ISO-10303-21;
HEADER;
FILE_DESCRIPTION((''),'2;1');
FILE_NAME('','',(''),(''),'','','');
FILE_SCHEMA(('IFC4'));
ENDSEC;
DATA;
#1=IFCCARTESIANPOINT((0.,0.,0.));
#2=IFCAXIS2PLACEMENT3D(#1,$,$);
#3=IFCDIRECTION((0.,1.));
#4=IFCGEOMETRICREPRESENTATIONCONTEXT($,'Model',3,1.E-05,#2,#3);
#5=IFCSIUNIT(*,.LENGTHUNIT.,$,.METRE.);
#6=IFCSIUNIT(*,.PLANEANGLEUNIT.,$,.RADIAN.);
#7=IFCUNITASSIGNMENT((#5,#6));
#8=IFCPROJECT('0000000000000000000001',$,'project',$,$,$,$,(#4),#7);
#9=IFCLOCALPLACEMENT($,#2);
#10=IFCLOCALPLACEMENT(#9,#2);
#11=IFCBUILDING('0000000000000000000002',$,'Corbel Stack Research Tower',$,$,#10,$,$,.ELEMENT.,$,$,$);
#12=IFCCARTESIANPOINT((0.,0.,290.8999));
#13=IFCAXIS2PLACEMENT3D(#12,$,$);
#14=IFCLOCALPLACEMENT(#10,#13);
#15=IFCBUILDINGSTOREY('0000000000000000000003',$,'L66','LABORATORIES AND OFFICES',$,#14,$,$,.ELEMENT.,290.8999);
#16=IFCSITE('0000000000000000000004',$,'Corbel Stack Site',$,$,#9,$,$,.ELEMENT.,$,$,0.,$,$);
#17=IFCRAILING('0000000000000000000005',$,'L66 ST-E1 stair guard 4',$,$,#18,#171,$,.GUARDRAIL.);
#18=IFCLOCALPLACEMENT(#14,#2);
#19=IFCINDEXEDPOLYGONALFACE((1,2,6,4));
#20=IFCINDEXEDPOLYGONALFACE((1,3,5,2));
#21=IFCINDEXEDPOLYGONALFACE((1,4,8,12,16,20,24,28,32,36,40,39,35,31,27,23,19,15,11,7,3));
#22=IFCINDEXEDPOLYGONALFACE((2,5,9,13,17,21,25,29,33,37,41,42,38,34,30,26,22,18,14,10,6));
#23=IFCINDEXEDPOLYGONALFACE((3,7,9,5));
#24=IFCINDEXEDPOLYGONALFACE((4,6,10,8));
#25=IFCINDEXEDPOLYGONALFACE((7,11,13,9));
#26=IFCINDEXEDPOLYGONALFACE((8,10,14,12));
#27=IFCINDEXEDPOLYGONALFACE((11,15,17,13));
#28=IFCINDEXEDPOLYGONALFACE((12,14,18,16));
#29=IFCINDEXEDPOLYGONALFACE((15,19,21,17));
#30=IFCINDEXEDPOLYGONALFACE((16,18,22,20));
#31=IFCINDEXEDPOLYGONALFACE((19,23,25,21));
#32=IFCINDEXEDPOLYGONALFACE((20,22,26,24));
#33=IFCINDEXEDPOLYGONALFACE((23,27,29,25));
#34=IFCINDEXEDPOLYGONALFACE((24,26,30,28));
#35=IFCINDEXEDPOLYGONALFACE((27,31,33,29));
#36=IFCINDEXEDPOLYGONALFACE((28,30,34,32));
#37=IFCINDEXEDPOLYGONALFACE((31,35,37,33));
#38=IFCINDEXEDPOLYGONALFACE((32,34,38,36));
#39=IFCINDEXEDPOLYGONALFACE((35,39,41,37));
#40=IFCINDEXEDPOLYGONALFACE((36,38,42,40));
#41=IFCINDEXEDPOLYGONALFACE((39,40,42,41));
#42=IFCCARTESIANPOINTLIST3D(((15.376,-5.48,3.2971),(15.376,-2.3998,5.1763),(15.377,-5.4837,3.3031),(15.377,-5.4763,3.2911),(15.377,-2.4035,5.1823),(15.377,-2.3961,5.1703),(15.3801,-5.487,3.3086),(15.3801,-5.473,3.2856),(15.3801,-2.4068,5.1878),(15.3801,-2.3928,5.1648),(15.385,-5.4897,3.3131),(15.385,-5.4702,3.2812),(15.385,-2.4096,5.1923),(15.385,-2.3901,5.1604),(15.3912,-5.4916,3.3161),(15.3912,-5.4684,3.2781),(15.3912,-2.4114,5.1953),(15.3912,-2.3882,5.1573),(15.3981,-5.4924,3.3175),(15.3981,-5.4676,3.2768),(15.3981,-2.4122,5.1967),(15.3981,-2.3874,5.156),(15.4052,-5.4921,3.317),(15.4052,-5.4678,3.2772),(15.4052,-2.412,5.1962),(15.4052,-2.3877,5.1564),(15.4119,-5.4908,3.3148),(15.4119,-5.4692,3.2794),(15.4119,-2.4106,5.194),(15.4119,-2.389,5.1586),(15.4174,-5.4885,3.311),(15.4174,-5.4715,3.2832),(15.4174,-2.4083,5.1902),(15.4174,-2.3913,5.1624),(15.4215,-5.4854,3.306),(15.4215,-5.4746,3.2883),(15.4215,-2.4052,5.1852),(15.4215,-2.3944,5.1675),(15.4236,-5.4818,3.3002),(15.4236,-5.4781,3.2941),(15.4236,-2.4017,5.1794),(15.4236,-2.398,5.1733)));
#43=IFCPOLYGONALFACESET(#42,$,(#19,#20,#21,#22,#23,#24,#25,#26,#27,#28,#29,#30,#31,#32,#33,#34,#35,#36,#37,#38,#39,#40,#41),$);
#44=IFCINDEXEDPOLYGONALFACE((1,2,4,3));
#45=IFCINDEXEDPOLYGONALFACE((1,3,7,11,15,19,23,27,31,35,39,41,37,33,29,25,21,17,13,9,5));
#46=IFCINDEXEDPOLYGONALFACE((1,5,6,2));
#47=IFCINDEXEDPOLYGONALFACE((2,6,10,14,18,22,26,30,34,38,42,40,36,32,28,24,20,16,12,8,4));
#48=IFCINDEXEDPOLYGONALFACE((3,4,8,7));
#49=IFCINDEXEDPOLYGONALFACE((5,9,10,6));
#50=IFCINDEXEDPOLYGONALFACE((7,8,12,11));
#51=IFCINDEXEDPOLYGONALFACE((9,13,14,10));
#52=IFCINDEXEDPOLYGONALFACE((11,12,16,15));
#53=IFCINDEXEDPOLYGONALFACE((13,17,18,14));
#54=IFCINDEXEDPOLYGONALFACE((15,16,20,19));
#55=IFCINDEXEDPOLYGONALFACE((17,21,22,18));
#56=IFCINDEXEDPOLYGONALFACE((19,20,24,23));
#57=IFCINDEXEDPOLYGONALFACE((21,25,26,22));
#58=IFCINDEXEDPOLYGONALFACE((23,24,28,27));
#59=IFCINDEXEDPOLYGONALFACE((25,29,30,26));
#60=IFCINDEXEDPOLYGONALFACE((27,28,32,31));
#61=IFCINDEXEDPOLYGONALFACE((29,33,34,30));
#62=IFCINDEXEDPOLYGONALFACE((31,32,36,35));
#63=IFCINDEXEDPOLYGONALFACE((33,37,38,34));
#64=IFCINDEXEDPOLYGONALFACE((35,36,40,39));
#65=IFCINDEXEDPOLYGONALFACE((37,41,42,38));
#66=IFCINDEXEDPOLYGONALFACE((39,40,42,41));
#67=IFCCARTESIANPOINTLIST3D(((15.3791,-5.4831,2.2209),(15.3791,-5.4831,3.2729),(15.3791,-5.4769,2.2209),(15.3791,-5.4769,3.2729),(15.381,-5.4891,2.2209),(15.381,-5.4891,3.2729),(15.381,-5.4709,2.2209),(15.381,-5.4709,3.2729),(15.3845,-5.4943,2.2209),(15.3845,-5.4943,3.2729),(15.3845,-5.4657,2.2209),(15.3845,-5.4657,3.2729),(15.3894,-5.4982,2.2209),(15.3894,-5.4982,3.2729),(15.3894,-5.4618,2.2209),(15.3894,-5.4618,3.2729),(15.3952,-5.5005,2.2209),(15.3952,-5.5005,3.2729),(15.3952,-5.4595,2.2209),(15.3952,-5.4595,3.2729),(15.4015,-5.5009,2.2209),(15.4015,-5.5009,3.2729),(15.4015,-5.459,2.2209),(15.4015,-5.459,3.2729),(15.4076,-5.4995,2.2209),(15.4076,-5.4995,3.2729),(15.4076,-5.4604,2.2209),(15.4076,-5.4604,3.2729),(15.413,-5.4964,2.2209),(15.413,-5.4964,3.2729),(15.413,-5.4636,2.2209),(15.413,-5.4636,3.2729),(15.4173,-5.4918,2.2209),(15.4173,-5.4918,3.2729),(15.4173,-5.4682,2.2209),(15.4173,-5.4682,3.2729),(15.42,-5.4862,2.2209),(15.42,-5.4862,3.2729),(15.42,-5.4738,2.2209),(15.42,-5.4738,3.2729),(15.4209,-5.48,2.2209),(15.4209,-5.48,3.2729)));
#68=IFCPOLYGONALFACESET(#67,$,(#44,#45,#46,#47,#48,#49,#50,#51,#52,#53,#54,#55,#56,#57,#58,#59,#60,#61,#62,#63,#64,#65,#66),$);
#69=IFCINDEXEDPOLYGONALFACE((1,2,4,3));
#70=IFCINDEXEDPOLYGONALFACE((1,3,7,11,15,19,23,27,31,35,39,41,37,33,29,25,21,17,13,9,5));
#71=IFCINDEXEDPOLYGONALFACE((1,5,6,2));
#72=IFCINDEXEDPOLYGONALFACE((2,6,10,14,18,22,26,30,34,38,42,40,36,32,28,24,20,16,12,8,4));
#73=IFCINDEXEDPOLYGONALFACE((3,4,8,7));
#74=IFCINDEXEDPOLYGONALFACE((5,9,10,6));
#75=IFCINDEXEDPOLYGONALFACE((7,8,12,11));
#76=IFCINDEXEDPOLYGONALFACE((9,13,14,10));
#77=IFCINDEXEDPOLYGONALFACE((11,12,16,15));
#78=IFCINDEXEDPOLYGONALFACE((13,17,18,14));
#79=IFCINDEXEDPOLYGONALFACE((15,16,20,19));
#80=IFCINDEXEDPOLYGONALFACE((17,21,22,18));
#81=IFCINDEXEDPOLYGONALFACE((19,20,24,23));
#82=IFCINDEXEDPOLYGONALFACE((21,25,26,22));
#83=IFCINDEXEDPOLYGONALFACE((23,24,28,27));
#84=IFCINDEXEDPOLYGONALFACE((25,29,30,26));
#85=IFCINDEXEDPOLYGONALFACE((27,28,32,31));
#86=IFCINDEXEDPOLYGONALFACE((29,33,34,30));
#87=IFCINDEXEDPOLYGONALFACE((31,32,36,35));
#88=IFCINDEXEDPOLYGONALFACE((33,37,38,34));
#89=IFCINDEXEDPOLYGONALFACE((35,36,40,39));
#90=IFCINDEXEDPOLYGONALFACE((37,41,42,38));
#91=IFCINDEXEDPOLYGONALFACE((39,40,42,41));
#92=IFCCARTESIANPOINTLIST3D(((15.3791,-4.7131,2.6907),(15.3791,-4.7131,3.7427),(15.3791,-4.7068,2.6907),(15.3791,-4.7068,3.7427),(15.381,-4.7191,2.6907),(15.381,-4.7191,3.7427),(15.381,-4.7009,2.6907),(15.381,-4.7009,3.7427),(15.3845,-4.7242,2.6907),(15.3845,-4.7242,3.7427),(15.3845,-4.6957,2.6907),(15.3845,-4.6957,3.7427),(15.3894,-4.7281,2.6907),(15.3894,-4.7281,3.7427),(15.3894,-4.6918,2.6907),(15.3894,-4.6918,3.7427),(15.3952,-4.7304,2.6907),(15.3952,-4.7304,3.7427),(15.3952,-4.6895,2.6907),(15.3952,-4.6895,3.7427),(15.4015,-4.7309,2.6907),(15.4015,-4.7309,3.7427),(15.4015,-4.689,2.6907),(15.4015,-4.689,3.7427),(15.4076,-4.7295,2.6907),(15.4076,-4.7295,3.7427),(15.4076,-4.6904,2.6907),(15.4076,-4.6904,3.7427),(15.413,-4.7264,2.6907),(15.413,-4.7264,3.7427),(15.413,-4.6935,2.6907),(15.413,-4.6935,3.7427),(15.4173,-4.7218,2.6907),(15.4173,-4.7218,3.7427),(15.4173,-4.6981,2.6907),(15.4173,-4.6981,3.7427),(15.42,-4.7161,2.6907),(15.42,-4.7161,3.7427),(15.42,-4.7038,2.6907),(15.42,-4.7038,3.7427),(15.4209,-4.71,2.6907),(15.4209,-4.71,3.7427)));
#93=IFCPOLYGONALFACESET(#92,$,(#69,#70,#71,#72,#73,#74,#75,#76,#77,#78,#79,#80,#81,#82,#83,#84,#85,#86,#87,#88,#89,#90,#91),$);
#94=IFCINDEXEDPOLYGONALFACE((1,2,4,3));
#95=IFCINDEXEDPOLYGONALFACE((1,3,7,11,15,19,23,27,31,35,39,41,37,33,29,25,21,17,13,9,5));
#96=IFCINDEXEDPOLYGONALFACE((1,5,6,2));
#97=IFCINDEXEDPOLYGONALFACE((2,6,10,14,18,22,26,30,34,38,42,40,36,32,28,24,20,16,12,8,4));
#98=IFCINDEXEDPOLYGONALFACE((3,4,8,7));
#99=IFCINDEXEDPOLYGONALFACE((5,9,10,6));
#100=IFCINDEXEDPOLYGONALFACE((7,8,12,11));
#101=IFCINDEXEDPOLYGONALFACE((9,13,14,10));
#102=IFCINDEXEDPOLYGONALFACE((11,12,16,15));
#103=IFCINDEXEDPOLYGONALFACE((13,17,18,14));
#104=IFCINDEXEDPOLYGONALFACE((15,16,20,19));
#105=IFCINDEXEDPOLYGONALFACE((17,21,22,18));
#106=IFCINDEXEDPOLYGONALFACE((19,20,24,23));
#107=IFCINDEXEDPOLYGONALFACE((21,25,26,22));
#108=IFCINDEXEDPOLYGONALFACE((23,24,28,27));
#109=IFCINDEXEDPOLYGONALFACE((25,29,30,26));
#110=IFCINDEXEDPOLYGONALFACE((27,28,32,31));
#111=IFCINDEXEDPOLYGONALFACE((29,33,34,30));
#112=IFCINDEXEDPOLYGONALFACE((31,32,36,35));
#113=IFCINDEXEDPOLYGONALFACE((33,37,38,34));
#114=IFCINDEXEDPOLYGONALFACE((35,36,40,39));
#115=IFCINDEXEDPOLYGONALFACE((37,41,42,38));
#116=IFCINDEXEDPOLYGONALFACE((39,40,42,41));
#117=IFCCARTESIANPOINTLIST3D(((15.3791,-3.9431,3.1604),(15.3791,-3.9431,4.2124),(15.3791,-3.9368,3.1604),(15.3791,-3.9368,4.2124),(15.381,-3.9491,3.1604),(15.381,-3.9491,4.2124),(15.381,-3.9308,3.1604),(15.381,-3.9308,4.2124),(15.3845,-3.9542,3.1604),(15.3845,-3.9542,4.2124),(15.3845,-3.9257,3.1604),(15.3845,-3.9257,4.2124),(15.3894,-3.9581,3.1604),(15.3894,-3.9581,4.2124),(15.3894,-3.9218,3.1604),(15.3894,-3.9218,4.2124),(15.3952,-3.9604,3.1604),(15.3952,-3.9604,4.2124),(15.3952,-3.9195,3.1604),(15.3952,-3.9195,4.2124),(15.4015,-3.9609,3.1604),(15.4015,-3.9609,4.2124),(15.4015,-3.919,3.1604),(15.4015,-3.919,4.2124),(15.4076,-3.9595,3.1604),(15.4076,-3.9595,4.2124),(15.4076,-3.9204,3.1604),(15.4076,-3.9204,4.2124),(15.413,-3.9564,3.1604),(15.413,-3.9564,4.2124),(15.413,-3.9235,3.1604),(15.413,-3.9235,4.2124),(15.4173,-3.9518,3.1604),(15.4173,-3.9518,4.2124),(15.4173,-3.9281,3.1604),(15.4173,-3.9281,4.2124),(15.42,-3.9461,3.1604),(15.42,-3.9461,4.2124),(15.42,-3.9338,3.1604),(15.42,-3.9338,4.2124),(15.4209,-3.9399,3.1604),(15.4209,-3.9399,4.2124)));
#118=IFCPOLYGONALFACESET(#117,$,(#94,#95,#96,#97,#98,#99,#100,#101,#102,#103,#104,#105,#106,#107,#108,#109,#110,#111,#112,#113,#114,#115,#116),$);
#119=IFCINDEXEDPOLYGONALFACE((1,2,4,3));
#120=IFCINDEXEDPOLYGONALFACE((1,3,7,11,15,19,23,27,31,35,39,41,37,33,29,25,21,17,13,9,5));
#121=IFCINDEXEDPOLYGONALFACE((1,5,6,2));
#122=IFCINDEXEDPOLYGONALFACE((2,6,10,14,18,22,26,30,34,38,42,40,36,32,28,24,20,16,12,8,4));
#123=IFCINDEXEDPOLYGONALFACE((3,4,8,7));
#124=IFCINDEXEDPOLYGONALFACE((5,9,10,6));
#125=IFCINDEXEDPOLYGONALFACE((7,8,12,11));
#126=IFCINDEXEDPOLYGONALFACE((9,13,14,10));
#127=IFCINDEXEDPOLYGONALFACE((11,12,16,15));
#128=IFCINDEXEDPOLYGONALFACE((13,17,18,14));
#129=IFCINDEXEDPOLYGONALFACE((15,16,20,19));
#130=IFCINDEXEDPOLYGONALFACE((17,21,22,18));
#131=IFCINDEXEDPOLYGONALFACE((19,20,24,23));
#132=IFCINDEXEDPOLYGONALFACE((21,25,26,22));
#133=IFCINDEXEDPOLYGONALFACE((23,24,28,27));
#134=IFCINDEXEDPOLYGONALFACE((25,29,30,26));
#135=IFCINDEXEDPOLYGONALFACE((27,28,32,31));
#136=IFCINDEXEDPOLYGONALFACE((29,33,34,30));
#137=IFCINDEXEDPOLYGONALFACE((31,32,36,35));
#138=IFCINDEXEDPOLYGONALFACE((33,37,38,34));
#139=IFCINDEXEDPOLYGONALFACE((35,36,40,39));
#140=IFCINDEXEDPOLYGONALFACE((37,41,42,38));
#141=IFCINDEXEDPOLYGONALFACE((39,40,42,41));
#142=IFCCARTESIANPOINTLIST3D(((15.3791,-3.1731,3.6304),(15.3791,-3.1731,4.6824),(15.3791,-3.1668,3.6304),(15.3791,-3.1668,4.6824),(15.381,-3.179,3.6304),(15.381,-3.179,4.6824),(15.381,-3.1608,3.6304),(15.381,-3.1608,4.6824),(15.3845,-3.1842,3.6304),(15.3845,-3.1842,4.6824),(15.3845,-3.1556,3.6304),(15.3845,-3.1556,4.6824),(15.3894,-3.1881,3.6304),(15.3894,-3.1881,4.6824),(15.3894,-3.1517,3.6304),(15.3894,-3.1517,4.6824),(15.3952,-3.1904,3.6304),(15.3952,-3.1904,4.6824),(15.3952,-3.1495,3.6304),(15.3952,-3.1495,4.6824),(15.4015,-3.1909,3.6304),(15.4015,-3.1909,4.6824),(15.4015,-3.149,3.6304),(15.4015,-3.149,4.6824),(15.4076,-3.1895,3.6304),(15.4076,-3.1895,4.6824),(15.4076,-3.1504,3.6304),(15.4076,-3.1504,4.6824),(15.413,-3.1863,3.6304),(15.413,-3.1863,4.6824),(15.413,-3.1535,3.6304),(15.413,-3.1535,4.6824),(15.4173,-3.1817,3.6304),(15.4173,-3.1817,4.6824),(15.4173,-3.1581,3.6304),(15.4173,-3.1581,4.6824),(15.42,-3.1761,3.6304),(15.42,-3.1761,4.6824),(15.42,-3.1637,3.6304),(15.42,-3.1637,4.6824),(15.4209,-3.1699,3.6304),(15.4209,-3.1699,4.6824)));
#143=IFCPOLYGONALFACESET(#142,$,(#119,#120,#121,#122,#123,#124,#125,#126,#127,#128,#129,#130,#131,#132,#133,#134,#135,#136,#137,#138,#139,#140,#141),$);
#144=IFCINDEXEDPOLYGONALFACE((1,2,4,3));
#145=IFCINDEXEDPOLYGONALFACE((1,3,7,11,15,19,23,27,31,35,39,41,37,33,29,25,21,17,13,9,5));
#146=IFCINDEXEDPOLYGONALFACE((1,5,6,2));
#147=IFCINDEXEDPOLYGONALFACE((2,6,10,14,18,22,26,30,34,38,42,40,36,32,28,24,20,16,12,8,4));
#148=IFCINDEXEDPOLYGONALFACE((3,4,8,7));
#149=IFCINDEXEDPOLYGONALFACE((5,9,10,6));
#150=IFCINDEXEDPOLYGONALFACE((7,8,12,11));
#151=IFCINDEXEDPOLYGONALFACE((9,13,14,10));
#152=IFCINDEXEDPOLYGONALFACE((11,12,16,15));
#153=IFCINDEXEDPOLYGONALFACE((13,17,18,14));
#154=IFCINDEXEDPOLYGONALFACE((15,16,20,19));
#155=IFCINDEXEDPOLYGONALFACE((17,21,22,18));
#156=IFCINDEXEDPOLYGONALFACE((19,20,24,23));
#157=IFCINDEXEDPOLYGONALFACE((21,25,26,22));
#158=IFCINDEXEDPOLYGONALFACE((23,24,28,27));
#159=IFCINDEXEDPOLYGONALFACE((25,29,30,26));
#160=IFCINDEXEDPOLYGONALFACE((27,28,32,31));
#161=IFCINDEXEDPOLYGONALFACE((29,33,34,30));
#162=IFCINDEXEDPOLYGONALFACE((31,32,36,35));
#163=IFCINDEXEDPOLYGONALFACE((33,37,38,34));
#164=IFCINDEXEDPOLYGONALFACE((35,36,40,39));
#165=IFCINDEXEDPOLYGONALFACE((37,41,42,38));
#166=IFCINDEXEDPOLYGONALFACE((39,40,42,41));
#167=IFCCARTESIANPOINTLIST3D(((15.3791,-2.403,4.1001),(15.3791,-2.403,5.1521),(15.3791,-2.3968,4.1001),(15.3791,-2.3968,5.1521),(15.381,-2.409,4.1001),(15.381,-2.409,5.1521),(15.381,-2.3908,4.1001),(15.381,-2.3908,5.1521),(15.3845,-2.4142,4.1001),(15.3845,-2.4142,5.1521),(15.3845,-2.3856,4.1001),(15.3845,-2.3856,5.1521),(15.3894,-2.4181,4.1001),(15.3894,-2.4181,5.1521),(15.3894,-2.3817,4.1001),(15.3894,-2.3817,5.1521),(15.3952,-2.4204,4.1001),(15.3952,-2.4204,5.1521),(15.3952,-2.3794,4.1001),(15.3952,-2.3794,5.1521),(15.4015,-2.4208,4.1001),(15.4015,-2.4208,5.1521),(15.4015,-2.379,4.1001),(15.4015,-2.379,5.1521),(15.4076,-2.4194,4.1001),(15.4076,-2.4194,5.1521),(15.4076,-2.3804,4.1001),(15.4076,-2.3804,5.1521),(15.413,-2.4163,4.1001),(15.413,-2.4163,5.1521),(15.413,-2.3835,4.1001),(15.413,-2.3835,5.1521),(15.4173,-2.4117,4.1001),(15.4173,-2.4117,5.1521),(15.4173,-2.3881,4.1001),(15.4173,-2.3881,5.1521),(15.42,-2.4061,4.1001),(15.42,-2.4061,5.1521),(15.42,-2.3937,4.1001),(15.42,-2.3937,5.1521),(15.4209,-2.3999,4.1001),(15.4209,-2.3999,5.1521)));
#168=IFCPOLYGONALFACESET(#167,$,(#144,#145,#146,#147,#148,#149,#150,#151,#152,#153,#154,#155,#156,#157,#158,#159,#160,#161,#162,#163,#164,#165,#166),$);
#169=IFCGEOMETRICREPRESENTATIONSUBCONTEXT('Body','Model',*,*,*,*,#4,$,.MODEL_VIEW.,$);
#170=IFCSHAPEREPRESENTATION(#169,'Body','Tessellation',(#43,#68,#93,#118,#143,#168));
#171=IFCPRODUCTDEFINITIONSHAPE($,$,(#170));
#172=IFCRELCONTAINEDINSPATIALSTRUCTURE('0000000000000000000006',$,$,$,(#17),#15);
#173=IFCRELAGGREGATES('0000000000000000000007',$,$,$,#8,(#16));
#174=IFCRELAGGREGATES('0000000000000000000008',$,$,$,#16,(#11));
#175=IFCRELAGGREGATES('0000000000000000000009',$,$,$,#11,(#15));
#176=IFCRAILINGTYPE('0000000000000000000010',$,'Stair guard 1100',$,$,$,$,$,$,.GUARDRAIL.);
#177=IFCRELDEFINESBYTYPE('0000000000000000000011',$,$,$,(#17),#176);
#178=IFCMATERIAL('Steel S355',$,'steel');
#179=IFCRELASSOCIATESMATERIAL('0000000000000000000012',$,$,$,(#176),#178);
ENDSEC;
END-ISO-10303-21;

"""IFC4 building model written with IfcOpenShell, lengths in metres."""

from ifc_helpers import new_model, si_unit, direction, frame, origin, origin_2d, place, context, subcontext, project, spatial, circle, extrude, material, type_object, element, save


model = new_model("IFC4")

# Units and contexts
model_context = context("Model", 3, precision=1e-05, world=origin(), true_north=direction((0.0, 1.0)))
body_context = subcontext(model_context, "Body", "Model", "MODEL_VIEW")
ifc_project = project(units=[si_unit("LENGTHUNIT", "METRE"), si_unit("PLANEANGLEUNIT", "RADIAN")], contexts=[model_context])

# Site, building, storey
site_placement = place(None, origin())
site = spatial("IfcSite", under=ifc_project, at=site_placement, Name="Corbel Stack Site", CompositionType="ELEMENT", RefElevation=0.0)
building_placement = place(site_placement, origin())
building = spatial("IfcBuilding", under=site, at=building_placement, Name="Corbel Stack Research Tower", CompositionType="ELEMENT")
storey_placement = place(building_placement, frame((0.0, 0.0, 290.8999)))
storey = spatial("IfcBuildingStorey", under=building, at=storey_placement, Name="L66", Description="LABORATORIES AND OFFICES", CompositionType="ELEMENT", Elevation=290.8999)

# Railing
ifc_material_1 = material(Name="Steel S355", Category="steel")
railing_type_1 = type_object("IfcRailingType", Name="Stair guard 1100", PredefinedType="GUARDRAIL", material=ifc_material_1)
railing_1_placement = place(storey_placement, frame((15.3999, -5.48, 2.2209)))
element("IfcRailing", 1, at=railing_1_placement, inside=storey, type_object=railing_type_1, Name="L66 ST-E1 stair guard 4", PredefinedType="GUARDRAIL", context=body_context, shape_type="SweptSolid", body=[
    extrude(circle(Radius=0.0239, at=origin_2d()), frame((0.0, 0.0, 1.0762), z_axis=(0.0, 0.853666, 0.52082), x_axis=(-1.0, 0.0, 0.0)), (0.0, 0.0, 1.0), 3.6082),
    extrude(circle(Radius=0.021, at=origin_2d()), origin(), (0.0, 0.0, 1.0), 1.052),
    extrude(circle(Radius=0.021, at=origin_2d()), frame((0.0, 0.77, 0.4697)), (0.0, 0.0, 1.0), 1.052),
    extrude(circle(Radius=0.021, at=origin_2d()), frame((0.0, 1.54, 0.9395)), (0.0, 0.0, 1.0), 1.052),
    extrude(circle(Radius=0.021, at=origin_2d()), frame((0.0, 2.3101, 1.4094)), (0.0, 0.0, 1.0), 1.052),
    extrude(circle(Radius=0.021, at=origin_2d()), frame((0.0, 3.0801, 1.8792)), (0.0, 0.0, 1.0), 1.052),
])

save(model, "model.ifc")
